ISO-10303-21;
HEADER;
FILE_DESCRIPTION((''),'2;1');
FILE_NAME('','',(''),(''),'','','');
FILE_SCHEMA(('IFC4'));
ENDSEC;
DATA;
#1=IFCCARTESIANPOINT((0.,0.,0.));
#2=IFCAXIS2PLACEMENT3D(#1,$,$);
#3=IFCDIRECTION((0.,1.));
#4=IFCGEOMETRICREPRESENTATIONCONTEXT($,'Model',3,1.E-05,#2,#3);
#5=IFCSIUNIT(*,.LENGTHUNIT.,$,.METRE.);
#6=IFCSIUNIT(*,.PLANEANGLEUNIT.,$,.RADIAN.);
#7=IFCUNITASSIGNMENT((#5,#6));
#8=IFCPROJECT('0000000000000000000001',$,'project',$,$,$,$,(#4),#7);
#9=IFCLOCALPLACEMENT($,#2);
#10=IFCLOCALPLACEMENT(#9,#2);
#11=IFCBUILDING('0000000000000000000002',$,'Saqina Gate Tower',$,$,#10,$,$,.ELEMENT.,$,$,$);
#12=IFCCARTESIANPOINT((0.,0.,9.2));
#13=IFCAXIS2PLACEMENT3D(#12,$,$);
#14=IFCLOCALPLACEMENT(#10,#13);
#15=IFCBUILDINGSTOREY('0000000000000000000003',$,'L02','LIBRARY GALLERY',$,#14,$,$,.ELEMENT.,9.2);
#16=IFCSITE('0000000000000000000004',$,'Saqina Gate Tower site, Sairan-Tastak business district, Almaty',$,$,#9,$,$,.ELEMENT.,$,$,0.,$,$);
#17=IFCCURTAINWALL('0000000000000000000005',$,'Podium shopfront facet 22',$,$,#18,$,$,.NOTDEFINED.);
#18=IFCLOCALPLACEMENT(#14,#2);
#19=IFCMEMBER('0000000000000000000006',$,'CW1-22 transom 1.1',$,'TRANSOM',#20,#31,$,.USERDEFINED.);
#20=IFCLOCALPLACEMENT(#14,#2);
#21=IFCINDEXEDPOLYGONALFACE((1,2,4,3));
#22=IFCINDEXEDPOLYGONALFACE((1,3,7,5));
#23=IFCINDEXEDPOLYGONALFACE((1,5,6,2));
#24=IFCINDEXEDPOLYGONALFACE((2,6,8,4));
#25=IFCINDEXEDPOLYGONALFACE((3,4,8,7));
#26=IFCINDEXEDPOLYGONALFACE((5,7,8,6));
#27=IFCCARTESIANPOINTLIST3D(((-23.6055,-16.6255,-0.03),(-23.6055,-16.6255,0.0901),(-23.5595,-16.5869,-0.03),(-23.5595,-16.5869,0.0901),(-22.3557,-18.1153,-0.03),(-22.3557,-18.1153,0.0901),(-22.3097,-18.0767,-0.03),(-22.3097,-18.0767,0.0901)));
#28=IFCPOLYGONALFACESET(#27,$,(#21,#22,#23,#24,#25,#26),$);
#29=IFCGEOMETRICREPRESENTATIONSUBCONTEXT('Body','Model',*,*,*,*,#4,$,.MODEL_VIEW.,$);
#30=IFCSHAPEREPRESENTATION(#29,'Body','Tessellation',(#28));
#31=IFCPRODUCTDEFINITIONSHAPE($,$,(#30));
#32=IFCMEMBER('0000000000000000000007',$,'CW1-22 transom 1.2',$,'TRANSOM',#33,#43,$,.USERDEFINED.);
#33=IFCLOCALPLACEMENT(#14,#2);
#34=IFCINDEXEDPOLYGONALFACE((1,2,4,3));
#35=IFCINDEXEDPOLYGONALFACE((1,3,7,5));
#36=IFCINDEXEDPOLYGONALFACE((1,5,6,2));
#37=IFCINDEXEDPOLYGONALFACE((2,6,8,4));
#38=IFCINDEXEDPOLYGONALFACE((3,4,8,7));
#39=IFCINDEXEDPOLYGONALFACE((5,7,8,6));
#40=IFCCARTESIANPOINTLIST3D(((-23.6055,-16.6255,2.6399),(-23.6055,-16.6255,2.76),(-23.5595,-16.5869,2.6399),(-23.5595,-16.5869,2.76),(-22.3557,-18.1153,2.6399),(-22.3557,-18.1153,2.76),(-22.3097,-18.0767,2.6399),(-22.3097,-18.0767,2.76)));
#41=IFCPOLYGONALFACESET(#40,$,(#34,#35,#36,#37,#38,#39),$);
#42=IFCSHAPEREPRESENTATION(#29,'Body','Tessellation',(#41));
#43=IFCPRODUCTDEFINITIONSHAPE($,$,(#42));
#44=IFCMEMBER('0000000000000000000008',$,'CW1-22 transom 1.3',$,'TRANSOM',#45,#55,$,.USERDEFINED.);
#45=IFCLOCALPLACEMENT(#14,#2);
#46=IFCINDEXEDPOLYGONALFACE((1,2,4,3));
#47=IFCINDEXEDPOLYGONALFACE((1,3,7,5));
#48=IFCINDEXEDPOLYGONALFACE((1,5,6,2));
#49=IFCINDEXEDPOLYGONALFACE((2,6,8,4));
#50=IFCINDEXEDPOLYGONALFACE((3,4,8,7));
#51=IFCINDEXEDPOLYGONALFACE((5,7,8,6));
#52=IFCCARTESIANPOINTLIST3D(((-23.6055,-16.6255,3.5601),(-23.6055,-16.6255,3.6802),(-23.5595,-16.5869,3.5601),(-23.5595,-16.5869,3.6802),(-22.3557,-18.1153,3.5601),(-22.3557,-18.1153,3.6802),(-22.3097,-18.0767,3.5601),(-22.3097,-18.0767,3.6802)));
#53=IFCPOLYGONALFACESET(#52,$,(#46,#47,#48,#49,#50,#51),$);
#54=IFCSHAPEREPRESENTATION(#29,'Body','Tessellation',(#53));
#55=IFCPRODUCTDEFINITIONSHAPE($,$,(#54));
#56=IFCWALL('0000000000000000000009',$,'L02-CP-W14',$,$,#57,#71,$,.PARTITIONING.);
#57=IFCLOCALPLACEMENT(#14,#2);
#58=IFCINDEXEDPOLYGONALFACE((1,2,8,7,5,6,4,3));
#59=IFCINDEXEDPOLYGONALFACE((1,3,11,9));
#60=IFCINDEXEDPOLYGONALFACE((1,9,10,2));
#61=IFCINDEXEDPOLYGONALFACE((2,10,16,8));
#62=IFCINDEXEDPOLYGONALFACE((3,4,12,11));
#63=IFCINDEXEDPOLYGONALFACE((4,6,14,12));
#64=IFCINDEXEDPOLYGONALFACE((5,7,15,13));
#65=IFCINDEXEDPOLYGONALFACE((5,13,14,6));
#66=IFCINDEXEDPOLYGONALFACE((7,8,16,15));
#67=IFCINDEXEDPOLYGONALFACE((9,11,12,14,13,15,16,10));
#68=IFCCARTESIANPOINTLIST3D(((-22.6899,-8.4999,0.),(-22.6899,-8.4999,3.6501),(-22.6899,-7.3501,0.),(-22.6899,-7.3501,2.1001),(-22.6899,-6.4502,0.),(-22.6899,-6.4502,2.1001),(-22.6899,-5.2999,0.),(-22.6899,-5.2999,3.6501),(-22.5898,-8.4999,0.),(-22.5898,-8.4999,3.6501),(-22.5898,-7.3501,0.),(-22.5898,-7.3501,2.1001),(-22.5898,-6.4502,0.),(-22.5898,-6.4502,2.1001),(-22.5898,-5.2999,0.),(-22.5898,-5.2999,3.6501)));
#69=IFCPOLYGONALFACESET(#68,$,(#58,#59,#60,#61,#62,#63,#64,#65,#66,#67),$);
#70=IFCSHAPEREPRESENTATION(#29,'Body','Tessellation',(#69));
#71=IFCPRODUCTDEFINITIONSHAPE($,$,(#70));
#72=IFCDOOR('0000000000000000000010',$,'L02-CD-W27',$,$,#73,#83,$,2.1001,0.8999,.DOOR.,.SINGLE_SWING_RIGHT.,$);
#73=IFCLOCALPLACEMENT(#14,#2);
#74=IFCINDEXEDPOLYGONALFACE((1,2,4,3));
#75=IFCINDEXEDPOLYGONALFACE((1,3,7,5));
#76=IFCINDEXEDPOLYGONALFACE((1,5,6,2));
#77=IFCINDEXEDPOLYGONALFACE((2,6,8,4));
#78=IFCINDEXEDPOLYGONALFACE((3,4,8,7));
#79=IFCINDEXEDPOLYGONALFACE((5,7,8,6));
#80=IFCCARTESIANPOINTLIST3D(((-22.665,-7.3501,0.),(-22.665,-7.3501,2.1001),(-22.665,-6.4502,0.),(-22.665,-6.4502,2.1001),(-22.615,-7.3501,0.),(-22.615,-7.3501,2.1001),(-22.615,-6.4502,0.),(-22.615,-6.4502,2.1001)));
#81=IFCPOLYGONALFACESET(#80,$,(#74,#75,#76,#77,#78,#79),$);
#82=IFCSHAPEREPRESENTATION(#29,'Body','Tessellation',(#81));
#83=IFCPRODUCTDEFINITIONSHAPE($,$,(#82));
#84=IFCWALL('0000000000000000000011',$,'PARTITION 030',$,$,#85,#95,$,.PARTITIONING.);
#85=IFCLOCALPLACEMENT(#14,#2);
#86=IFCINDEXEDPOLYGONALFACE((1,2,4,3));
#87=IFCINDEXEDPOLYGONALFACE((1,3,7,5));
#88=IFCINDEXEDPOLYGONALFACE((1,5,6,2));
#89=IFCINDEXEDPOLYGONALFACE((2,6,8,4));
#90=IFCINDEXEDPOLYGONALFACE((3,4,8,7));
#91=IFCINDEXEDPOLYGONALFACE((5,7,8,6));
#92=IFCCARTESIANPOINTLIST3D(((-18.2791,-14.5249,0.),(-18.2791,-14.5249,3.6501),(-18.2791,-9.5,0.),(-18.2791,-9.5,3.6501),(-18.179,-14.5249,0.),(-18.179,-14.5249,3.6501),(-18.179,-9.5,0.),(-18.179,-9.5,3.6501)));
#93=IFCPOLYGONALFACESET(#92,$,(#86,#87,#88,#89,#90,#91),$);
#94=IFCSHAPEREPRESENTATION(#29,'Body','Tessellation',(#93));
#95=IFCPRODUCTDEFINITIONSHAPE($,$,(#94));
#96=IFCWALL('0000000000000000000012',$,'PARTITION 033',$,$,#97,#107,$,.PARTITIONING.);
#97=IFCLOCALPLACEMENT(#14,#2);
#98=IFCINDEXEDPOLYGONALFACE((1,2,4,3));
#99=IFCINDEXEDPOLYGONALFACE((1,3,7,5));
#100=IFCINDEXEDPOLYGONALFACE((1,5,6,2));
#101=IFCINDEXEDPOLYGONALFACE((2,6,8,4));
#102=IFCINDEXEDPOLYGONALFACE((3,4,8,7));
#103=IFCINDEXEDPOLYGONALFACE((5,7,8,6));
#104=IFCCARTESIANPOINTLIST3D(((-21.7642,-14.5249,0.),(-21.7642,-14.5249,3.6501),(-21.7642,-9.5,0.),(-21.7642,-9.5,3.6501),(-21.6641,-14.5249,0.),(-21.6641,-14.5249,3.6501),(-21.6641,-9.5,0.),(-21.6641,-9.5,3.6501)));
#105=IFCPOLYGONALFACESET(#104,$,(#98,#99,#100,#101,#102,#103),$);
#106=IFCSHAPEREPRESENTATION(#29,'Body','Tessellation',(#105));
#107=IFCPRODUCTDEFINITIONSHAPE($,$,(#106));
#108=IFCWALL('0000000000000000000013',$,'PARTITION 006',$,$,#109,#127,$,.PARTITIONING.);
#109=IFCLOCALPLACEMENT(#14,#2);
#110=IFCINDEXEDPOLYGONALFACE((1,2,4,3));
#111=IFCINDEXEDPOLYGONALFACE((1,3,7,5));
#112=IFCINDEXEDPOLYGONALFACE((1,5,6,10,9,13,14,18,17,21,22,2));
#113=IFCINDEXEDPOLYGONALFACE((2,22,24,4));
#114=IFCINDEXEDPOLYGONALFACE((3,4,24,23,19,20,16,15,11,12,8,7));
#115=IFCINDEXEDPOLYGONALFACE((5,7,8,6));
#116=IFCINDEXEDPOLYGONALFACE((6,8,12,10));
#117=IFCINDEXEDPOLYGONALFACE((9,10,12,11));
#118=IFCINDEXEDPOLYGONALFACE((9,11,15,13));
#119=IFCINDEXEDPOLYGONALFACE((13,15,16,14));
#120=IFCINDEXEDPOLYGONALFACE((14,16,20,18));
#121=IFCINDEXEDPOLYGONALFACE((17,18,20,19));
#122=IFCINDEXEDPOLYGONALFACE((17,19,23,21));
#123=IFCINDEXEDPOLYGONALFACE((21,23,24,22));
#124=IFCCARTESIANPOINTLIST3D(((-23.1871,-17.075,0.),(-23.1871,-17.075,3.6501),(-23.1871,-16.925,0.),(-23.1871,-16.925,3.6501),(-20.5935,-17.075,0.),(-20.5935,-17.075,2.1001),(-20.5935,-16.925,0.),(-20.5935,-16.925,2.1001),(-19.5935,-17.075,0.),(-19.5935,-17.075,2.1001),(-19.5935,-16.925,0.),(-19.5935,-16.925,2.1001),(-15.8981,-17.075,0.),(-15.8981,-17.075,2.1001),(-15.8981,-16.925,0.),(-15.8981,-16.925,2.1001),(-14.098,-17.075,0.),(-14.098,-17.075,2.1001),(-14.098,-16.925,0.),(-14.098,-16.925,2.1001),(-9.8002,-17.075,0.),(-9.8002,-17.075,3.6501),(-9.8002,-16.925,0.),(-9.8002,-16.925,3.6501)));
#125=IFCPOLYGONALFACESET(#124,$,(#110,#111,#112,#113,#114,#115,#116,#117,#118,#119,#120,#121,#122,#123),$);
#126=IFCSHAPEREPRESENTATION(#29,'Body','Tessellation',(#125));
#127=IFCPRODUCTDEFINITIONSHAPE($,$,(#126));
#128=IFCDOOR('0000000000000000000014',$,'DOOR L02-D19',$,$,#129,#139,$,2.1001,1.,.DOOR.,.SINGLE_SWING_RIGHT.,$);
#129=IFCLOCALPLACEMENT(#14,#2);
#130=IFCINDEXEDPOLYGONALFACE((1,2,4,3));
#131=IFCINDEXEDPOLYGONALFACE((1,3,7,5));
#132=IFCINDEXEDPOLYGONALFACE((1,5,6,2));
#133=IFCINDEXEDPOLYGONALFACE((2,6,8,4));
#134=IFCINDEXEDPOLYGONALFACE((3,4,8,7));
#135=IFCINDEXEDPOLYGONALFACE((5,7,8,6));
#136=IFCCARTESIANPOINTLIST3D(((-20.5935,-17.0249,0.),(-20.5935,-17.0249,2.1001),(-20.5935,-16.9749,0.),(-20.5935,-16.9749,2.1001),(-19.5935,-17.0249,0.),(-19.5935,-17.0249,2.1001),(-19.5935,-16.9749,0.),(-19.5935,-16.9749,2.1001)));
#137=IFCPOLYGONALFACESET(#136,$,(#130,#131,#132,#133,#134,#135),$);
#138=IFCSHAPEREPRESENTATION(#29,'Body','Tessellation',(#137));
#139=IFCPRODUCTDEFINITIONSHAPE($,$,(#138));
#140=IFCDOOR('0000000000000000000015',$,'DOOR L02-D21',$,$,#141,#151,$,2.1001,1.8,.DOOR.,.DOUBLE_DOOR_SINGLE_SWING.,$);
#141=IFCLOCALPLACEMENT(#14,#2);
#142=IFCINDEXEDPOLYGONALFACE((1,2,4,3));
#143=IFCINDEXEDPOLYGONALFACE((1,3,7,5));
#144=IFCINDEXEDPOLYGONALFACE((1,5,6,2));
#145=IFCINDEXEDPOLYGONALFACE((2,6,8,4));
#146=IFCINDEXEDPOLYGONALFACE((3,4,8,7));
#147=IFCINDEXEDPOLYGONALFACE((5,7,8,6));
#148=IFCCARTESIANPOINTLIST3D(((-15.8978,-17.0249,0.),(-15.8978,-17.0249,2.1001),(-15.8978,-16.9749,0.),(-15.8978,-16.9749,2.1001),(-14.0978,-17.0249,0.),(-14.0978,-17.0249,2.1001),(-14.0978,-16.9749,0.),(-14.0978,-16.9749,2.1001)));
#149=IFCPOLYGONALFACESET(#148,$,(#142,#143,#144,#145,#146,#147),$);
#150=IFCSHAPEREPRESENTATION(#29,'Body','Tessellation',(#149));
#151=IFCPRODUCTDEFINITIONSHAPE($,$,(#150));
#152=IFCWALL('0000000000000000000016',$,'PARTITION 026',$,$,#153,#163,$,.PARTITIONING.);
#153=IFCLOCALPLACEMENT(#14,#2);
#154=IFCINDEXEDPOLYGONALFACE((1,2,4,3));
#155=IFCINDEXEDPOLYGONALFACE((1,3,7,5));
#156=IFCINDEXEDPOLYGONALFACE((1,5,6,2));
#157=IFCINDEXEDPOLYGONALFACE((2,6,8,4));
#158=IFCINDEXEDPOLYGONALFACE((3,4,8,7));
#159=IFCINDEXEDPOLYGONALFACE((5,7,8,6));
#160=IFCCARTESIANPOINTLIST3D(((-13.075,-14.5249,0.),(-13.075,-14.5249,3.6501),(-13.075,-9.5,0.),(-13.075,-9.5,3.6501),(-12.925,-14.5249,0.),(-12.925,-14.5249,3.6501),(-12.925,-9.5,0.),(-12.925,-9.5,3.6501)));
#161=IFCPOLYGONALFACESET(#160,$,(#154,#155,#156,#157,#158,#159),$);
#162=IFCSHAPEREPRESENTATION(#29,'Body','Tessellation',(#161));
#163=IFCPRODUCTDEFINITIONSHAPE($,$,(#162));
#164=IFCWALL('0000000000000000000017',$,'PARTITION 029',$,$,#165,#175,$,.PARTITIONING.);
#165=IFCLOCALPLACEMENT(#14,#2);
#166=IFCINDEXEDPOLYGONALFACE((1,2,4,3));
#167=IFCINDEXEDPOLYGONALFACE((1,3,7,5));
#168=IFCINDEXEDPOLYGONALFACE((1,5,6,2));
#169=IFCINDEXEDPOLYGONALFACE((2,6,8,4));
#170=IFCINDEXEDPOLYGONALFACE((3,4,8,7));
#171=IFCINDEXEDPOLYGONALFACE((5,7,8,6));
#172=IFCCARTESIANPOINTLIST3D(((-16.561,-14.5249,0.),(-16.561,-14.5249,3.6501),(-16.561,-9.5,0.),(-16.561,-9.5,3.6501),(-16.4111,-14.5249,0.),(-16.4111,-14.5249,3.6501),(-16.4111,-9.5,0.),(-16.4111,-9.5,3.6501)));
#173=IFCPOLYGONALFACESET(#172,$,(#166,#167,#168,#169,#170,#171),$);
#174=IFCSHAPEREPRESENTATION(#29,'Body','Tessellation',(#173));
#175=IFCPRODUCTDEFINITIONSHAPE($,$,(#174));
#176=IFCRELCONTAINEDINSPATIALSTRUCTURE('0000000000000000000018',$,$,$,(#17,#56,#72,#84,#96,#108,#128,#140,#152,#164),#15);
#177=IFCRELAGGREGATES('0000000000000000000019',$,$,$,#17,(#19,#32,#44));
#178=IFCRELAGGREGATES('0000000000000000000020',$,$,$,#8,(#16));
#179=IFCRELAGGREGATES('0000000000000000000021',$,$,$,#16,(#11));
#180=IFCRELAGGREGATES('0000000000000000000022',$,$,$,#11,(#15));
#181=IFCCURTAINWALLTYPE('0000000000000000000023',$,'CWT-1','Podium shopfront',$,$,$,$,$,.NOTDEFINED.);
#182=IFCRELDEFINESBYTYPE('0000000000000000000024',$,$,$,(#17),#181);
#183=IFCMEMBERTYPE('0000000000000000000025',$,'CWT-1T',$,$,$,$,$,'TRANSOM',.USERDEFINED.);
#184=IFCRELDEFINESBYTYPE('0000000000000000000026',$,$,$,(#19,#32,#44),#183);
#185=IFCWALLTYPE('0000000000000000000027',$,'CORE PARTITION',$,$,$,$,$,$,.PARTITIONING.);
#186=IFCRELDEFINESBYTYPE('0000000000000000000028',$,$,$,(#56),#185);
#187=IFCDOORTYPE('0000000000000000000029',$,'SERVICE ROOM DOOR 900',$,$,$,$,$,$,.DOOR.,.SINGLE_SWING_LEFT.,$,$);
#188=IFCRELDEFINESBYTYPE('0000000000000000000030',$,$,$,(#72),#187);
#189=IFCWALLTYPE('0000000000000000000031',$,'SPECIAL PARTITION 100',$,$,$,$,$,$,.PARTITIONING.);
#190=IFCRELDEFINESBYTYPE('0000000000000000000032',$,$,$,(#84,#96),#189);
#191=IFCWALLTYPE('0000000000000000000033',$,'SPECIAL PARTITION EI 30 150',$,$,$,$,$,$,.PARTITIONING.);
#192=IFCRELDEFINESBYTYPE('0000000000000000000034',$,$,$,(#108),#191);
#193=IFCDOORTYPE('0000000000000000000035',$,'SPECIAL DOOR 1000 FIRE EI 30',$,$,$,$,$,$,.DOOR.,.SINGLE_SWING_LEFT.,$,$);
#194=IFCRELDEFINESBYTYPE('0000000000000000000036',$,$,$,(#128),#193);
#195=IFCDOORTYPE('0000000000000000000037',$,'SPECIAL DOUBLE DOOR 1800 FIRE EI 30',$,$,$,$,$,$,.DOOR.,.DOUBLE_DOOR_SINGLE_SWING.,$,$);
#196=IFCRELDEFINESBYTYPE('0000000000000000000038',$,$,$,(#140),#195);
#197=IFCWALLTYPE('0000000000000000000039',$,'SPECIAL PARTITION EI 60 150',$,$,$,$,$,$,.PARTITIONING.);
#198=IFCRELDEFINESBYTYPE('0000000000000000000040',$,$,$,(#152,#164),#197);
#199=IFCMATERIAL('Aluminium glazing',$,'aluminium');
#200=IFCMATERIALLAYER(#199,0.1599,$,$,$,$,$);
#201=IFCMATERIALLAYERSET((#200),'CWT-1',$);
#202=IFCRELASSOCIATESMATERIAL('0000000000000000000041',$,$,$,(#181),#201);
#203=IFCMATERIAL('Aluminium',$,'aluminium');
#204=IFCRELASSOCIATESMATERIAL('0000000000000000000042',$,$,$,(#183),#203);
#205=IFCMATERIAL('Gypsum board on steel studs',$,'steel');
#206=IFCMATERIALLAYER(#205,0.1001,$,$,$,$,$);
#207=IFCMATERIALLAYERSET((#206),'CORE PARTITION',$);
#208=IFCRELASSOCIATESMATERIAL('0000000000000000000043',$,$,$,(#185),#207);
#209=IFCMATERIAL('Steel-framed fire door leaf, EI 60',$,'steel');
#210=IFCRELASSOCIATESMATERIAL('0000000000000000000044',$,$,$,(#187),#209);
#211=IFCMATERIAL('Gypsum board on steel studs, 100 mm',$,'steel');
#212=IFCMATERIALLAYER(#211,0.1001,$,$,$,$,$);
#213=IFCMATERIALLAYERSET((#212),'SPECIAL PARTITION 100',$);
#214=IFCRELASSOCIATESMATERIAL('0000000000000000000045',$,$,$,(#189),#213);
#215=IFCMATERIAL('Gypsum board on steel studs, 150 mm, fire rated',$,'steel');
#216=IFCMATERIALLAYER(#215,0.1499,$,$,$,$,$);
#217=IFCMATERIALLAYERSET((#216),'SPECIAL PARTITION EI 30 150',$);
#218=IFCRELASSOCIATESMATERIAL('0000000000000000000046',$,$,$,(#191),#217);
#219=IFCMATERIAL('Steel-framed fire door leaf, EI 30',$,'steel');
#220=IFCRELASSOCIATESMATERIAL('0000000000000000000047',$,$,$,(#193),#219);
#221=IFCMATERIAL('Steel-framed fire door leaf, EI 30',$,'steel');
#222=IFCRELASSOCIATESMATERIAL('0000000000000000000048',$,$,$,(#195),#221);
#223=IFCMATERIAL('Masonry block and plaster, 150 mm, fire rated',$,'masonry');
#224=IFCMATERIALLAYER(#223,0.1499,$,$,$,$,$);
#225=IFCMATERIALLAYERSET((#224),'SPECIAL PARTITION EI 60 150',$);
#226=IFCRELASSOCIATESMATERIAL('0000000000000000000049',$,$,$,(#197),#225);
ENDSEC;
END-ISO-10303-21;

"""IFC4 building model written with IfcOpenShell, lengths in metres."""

from ifc_helpers import new_model, si_unit, direction, frame, frame_2d, origin, origin_2d, place, context, subcontext, project, spatial, rectangle, extrude, material, layer, layer_set, material_profile, profile_set, type_object, element, fill, aggregate, save


model = new_model("IFC4")

# Units and contexts
model_context = context("Model", 3, precision=1e-05, world=origin(), true_north=direction((0.0, 1.0)))
body_context = subcontext(model_context, "Body", "Model", "MODEL_VIEW")
ifc_project = project(units=[si_unit("LENGTHUNIT", "METRE"), si_unit("PLANEANGLEUNIT", "RADIAN")], contexts=[model_context])

# Site, building, storey
site_placement = place(None, origin())
site = spatial("IfcSite", under=ifc_project, at=site_placement, Name="Saqina Gate Tower site, Sairan-Tastak business district, Almaty", CompositionType="ELEMENT", RefElevation=0.0)
building_placement = place(site_placement, origin())
building = spatial("IfcBuilding", under=site, at=building_placement, Name="Saqina Gate Tower", CompositionType="ELEMENT")
storey_placement = place(building_placement, frame((0.0, 0.0, 9.2)))
storey = spatial("IfcBuildingStorey", under=building, at=storey_placement, Name="L02", Description="LIBRARY GALLERY", CompositionType="ELEMENT", Elevation=9.2)

# Curtain wall, members
ifc_material_1 = material(Name="Aluminium glazing", Category="aluminium")
ifc_layer_1 = layer(ifc_material_1, 0.1599)
ifc_layer_set_1 = layer_set([ifc_layer_1], Name="CWT-1")
curtain_wall_type = type_object("IfcCurtainWallType", Name="CWT-1", Description="Podium shopfront", PredefinedType="NOTDEFINED", material=ifc_layer_set_1)
curtain_wall_placement = place(storey_placement, origin())
curtain_wall = element("IfcCurtainWall", 1, at=curtain_wall_placement, inside=storey, type_object=curtain_wall_type, Name="Podium shopfront facet 22", PredefinedType="NOTDEFINED")
ifc_material_2 = material(Name="Aluminium", Category="aluminium")
ifc_material_profile = material_profile(ifc_material_2, rectangle(XDim=0.0601, YDim=0.1201, at=origin_2d()), Name="Aluminium 60x120")
ifc_profile_set = profile_set([ifc_material_profile], Name="Aluminium")
member_type = type_object("IfcMemberType", Name="CWT-1T", ElementType="TRANSOM", PredefinedType="USERDEFINED", material=ifc_profile_set)
member_1_placement = place(storey_placement, frame((-23.5825, -16.6062, 0.03), z_axis=(0.6427, -0.766118, 0.0), x_axis=(0.766118, 0.6427, 0.0)))
member_1 = element("IfcMember", 2, at=member_1_placement, type_object=member_type, Name="CW1-22 transom 1.1", ObjectType="TRANSOM", PredefinedType="USERDEFINED", context=body_context, shape_type="SweptSolid", body=[
    extrude(rectangle(XDim=0.0601, YDim=0.1201, at=origin_2d()), origin(), (0.0, 0.0, 1.0), 1.9446),
])
member_2_placement = place(storey_placement, frame((-23.5825, -16.6062, 2.7), z_axis=(0.6427, -0.766118, 0.0), x_axis=(0.766118, 0.6427, 0.0)))
member_2 = element("IfcMember", 3, at=member_2_placement, type_object=member_type, Name="CW1-22 transom 1.2", ObjectType="TRANSOM", PredefinedType="USERDEFINED", context=body_context, shape_type="SweptSolid", body=[
    extrude(rectangle(XDim=0.0601, YDim=0.1201, at=origin_2d()), origin(), (0.0, 0.0, 1.0), 1.9446),
])
member_3_placement = place(storey_placement, frame((-23.5825, -16.6062, 3.6201), z_axis=(0.6427, -0.766118, 0.0), x_axis=(0.766118, 0.6427, 0.0)))
member_3 = element("IfcMember", 4, at=member_3_placement, type_object=member_type, Name="CW1-22 transom 1.3", ObjectType="TRANSOM", PredefinedType="USERDEFINED", context=body_context, shape_type="SweptSolid", body=[
    extrude(rectangle(XDim=0.0601, YDim=0.1201, at=origin_2d()), origin(), (0.0, 0.0, 1.0), 1.9446),
])
aggregate(curtain_wall, [member_1, member_2, member_3])

# Wall, opening, door
ifc_material_3 = material(Name="Gypsum board on steel studs", Category="steel")
ifc_layer_2 = layer(ifc_material_3, 0.1001)
ifc_layer_set_2 = layer_set([ifc_layer_2], Name="CORE PARTITION")
wall_type_1 = type_object("IfcWallType", Name="CORE PARTITION", PredefinedType="PARTITIONING", material=ifc_layer_set_2)
wall_1_placement = place(storey_placement, frame((-22.6399, -8.5, 0.0), z_axis=(0.0, 0.0, 1.0), x_axis=(0.0, 1.0, 0.0)))
wall_1 = element("IfcWall", 5, at=wall_1_placement, inside=storey, type_object=wall_type_1, Name="L02-CP-W14", PredefinedType="PARTITIONING", context=body_context, shape_type="SweptSolid", body=[
    extrude(rectangle(XDim=3.2, YDim=0.1001, at=frame_2d((1.6001, 0.0))), origin(), (0.0, 0.0, 1.0), 3.6501),
])
opening_1_placement = place(wall_1_placement, frame((1.1499, 0.0, 0.0)))
opening_1 = element("IfcOpeningElement", 6, at=opening_1_placement, cuts=wall_1, PredefinedType="OPENING", context=body_context, shape_type="SweptSolid", body=[
    extrude(rectangle(XDim=0.8999, YDim=2.1001, at=frame_2d((0.45, 1.05))), frame((0.0, 0.062, 0.0), z_axis=(0.0, -1.0, 0.0), x_axis=(1.0, 0.0, 0.0)), (0.0, 0.0, 1.0), 0.124),
])
ifc_material_4 = material(Name="Steel-framed fire door leaf, EI 60", Category="steel")
door_type_1 = type_object("IfcDoorType", Name="SERVICE ROOM DOOR 900", OperationType="SINGLE_SWING_LEFT", PredefinedType="DOOR", material=ifc_material_4)
door_1_placement = place(opening_1_placement, frame((0.8999, 0.0, 0.0), z_axis=(0.0, 0.0, 1.0), x_axis=(-1.0, 0.0, 0.0)))
door_1 = element("IfcDoor", 7, at=door_1_placement, inside=storey, type_object=door_type_1, Name="L02-CD-W27", OperationType="SINGLE_SWING_RIGHT", OverallHeight=2.1001, OverallWidth=0.8999, PredefinedType="DOOR", context=body_context, shape_type="SweptSolid", body=[
    extrude(rectangle(XDim=0.8999, YDim=2.1001, at=frame_2d((0.45, 1.05))), frame((0.0, 0.0249, 0.0), z_axis=(0.0, -1.0, 0.0), x_axis=(1.0, 0.0, 0.0)), (0.0, 0.0, 1.0), 0.05),
])
fill(opening_1, door_1)

# Walls
ifc_material_5 = material(Name="Gypsum board on steel studs, 100 mm", Category="steel")
ifc_layer_3 = layer(ifc_material_5, 0.1001)
ifc_layer_set_3 = layer_set([ifc_layer_3], Name="SPECIAL PARTITION 100")
wall_type_2 = type_object("IfcWallType", Name="SPECIAL PARTITION 100", PredefinedType="PARTITIONING", material=ifc_layer_set_3)
for number, where, z_axis, x_axis, name in (
    (8, (-18.229, -14.5249, 0.0), (0.0, 0.0, 1.0), (0.0, 1.0, 0.0), "PARTITION 030"),
    (9, (-21.7141, -14.5249, 0.0), (0.0, 0.0, 1.0), (0.0, 1.0, 0.0), "PARTITION 033"),
):
    element("IfcWall", number, at=place(storey_placement, frame(where, z_axis=z_axis, x_axis=x_axis)), inside=storey, type_object=wall_type_2, Name=name, PredefinedType="PARTITIONING", context=body_context, shape_type="SweptSolid", body=[
        extrude(rectangle(XDim=5.0249, YDim=0.1001, at=frame_2d((2.5125, 0.0))), origin(), (0.0, 0.0, 1.0), 3.6501),
    ])

# Wall, openings, doors
ifc_material_6 = material(Name="Gypsum board on steel studs, 150 mm, fire rated", Category="steel")
ifc_layer_4 = layer(ifc_material_6, 0.1499)
ifc_layer_set_4 = layer_set([ifc_layer_4], Name="SPECIAL PARTITION EI 30 150")
wall_type_3 = type_object("IfcWallType", Name="SPECIAL PARTITION EI 30 150", PredefinedType="PARTITIONING", material=ifc_layer_set_4)
wall_2_placement = place(storey_placement, frame((-23.187, -17.0, 0.0), z_axis=(0.0, 0.0, 1.0), x_axis=(1.0, 0.0, 0.0)))
wall_2 = element("IfcWall", 10, at=wall_2_placement, inside=storey, type_object=wall_type_3, Name="PARTITION 006", PredefinedType="PARTITIONING", context=body_context, shape_type="SweptSolid", body=[
    extrude(rectangle(XDim=13.387, YDim=0.1499, at=frame_2d((6.6934, 0.0))), origin(), (0.0, 0.0, 1.0), 3.6501),
])
opening_2_placement = place(wall_2_placement, frame((2.5935, 0.0, 0.0)))
opening_2 = element("IfcOpeningElement", 11, at=opening_2_placement, cuts=wall_2, PredefinedType="OPENING", context=body_context, shape_type="SweptSolid", body=[
    extrude(rectangle(XDim=1.0, YDim=2.1001, at=frame_2d((0.5, 1.05))), frame((0.0, 0.0869, 0.0), z_axis=(0.0, -1.0, 0.0), x_axis=(1.0, 0.0, 0.0)), (0.0, 0.0, 1.0), 0.1738),
])
opening_3_placement = place(wall_2_placement, frame((7.2891, 0.0, 0.0)))
opening_3 = element("IfcOpeningElement", 12, at=opening_3_placement, cuts=wall_2, PredefinedType="OPENING", context=body_context, shape_type="SweptSolid", body=[
    extrude(rectangle(XDim=1.8, YDim=2.1001, at=frame_2d((0.8999, 1.05))), frame((0.0, 0.0869, 0.0), z_axis=(0.0, -1.0, 0.0), x_axis=(1.0, 0.0, 0.0)), (0.0, 0.0, 1.0), 0.1738),
])
ifc_material_7 = material(Name="Steel-framed fire door leaf, EI 30", Category="steel")
door_type_2 = type_object("IfcDoorType", Name="SPECIAL DOOR 1000 FIRE EI 30", OperationType="SINGLE_SWING_LEFT", PredefinedType="DOOR", material=ifc_material_7)
door_2_placement = place(opening_2_placement, frame((1.0, 0.0, 0.0), z_axis=(0.0, 0.0, 1.0), x_axis=(-1.0, 0.0, 0.0)))
door_2 = element("IfcDoor", 13, at=door_2_placement, inside=storey, type_object=door_type_2, Name="DOOR L02-D19", OperationType="SINGLE_SWING_RIGHT", OverallHeight=2.1001, OverallWidth=1.0, PredefinedType="DOOR", context=body_context, shape_type="SweptSolid", body=[
    extrude(rectangle(XDim=1.0, YDim=2.1001, at=frame_2d((0.5, 1.05))), frame((0.0, 0.0249, 0.0), z_axis=(0.0, -1.0, 0.0), x_axis=(1.0, 0.0, 0.0)), (0.0, 0.0, 1.0), 0.05),
])
fill(opening_2, door_2)
ifc_material_8 = material(Name="Steel-framed fire door leaf, EI 30", Category="steel")
door_type_3 = type_object("IfcDoorType", Name="SPECIAL DOUBLE DOOR 1800 FIRE EI 30", OperationType="DOUBLE_DOOR_SINGLE_SWING", PredefinedType="DOOR", material=ifc_material_8)
door_3_placement = place(opening_3_placement, frame((1.8, 0.0, 0.0), z_axis=(0.0, 0.0, 1.0), x_axis=(-1.0, 0.0, 0.0)))
door_3 = element("IfcDoor", 14, at=door_3_placement, inside=storey, type_object=door_type_3, Name="DOOR L02-D21", OperationType="DOUBLE_DOOR_SINGLE_SWING", OverallHeight=2.1001, OverallWidth=1.8, PredefinedType="DOOR", context=body_context, shape_type="SweptSolid", body=[
    extrude(rectangle(XDim=1.8, YDim=2.1001, at=frame_2d((0.8999, 1.05))), frame((0.0, 0.0249, 0.0), z_axis=(0.0, -1.0, 0.0), x_axis=(1.0, 0.0, 0.0)), (0.0, 0.0, 1.0), 0.05),
])
fill(opening_3, door_3)

# Walls
ifc_material_9 = material(Name="Masonry block and plaster, 150 mm, fire rated", Category="masonry")
ifc_layer_5 = layer(ifc_material_9, 0.1499)
ifc_layer_set_5 = layer_set([ifc_layer_5], Name="SPECIAL PARTITION EI 60 150")
wall_type_4 = type_object("IfcWallType", Name="SPECIAL PARTITION EI 60 150", PredefinedType="PARTITIONING", material=ifc_layer_set_5)
for number, where, z_axis, x_axis, name in (
    (15, (-13.0, -14.5249, 0.0), (0.0, 0.0, 1.0), (0.0, 1.0, 0.0), "PARTITION 026"),
    (16, (-16.4861, -14.5249, 0.0), (0.0, 0.0, 1.0), (0.0, 1.0, 0.0), "PARTITION 029"),
):
    element("IfcWall", number, at=place(storey_placement, frame(where, z_axis=z_axis, x_axis=x_axis)), inside=storey, type_object=wall_type_4, Name=name, PredefinedType="PARTITIONING", context=body_context, shape_type="SweptSolid", body=[
        extrude(rectangle(XDim=5.0249, YDim=0.1499, at=frame_2d((2.5125, 0.0))), origin(), (0.0, 0.0, 1.0), 3.6501),
    ])

save(model, "model.ifc")
